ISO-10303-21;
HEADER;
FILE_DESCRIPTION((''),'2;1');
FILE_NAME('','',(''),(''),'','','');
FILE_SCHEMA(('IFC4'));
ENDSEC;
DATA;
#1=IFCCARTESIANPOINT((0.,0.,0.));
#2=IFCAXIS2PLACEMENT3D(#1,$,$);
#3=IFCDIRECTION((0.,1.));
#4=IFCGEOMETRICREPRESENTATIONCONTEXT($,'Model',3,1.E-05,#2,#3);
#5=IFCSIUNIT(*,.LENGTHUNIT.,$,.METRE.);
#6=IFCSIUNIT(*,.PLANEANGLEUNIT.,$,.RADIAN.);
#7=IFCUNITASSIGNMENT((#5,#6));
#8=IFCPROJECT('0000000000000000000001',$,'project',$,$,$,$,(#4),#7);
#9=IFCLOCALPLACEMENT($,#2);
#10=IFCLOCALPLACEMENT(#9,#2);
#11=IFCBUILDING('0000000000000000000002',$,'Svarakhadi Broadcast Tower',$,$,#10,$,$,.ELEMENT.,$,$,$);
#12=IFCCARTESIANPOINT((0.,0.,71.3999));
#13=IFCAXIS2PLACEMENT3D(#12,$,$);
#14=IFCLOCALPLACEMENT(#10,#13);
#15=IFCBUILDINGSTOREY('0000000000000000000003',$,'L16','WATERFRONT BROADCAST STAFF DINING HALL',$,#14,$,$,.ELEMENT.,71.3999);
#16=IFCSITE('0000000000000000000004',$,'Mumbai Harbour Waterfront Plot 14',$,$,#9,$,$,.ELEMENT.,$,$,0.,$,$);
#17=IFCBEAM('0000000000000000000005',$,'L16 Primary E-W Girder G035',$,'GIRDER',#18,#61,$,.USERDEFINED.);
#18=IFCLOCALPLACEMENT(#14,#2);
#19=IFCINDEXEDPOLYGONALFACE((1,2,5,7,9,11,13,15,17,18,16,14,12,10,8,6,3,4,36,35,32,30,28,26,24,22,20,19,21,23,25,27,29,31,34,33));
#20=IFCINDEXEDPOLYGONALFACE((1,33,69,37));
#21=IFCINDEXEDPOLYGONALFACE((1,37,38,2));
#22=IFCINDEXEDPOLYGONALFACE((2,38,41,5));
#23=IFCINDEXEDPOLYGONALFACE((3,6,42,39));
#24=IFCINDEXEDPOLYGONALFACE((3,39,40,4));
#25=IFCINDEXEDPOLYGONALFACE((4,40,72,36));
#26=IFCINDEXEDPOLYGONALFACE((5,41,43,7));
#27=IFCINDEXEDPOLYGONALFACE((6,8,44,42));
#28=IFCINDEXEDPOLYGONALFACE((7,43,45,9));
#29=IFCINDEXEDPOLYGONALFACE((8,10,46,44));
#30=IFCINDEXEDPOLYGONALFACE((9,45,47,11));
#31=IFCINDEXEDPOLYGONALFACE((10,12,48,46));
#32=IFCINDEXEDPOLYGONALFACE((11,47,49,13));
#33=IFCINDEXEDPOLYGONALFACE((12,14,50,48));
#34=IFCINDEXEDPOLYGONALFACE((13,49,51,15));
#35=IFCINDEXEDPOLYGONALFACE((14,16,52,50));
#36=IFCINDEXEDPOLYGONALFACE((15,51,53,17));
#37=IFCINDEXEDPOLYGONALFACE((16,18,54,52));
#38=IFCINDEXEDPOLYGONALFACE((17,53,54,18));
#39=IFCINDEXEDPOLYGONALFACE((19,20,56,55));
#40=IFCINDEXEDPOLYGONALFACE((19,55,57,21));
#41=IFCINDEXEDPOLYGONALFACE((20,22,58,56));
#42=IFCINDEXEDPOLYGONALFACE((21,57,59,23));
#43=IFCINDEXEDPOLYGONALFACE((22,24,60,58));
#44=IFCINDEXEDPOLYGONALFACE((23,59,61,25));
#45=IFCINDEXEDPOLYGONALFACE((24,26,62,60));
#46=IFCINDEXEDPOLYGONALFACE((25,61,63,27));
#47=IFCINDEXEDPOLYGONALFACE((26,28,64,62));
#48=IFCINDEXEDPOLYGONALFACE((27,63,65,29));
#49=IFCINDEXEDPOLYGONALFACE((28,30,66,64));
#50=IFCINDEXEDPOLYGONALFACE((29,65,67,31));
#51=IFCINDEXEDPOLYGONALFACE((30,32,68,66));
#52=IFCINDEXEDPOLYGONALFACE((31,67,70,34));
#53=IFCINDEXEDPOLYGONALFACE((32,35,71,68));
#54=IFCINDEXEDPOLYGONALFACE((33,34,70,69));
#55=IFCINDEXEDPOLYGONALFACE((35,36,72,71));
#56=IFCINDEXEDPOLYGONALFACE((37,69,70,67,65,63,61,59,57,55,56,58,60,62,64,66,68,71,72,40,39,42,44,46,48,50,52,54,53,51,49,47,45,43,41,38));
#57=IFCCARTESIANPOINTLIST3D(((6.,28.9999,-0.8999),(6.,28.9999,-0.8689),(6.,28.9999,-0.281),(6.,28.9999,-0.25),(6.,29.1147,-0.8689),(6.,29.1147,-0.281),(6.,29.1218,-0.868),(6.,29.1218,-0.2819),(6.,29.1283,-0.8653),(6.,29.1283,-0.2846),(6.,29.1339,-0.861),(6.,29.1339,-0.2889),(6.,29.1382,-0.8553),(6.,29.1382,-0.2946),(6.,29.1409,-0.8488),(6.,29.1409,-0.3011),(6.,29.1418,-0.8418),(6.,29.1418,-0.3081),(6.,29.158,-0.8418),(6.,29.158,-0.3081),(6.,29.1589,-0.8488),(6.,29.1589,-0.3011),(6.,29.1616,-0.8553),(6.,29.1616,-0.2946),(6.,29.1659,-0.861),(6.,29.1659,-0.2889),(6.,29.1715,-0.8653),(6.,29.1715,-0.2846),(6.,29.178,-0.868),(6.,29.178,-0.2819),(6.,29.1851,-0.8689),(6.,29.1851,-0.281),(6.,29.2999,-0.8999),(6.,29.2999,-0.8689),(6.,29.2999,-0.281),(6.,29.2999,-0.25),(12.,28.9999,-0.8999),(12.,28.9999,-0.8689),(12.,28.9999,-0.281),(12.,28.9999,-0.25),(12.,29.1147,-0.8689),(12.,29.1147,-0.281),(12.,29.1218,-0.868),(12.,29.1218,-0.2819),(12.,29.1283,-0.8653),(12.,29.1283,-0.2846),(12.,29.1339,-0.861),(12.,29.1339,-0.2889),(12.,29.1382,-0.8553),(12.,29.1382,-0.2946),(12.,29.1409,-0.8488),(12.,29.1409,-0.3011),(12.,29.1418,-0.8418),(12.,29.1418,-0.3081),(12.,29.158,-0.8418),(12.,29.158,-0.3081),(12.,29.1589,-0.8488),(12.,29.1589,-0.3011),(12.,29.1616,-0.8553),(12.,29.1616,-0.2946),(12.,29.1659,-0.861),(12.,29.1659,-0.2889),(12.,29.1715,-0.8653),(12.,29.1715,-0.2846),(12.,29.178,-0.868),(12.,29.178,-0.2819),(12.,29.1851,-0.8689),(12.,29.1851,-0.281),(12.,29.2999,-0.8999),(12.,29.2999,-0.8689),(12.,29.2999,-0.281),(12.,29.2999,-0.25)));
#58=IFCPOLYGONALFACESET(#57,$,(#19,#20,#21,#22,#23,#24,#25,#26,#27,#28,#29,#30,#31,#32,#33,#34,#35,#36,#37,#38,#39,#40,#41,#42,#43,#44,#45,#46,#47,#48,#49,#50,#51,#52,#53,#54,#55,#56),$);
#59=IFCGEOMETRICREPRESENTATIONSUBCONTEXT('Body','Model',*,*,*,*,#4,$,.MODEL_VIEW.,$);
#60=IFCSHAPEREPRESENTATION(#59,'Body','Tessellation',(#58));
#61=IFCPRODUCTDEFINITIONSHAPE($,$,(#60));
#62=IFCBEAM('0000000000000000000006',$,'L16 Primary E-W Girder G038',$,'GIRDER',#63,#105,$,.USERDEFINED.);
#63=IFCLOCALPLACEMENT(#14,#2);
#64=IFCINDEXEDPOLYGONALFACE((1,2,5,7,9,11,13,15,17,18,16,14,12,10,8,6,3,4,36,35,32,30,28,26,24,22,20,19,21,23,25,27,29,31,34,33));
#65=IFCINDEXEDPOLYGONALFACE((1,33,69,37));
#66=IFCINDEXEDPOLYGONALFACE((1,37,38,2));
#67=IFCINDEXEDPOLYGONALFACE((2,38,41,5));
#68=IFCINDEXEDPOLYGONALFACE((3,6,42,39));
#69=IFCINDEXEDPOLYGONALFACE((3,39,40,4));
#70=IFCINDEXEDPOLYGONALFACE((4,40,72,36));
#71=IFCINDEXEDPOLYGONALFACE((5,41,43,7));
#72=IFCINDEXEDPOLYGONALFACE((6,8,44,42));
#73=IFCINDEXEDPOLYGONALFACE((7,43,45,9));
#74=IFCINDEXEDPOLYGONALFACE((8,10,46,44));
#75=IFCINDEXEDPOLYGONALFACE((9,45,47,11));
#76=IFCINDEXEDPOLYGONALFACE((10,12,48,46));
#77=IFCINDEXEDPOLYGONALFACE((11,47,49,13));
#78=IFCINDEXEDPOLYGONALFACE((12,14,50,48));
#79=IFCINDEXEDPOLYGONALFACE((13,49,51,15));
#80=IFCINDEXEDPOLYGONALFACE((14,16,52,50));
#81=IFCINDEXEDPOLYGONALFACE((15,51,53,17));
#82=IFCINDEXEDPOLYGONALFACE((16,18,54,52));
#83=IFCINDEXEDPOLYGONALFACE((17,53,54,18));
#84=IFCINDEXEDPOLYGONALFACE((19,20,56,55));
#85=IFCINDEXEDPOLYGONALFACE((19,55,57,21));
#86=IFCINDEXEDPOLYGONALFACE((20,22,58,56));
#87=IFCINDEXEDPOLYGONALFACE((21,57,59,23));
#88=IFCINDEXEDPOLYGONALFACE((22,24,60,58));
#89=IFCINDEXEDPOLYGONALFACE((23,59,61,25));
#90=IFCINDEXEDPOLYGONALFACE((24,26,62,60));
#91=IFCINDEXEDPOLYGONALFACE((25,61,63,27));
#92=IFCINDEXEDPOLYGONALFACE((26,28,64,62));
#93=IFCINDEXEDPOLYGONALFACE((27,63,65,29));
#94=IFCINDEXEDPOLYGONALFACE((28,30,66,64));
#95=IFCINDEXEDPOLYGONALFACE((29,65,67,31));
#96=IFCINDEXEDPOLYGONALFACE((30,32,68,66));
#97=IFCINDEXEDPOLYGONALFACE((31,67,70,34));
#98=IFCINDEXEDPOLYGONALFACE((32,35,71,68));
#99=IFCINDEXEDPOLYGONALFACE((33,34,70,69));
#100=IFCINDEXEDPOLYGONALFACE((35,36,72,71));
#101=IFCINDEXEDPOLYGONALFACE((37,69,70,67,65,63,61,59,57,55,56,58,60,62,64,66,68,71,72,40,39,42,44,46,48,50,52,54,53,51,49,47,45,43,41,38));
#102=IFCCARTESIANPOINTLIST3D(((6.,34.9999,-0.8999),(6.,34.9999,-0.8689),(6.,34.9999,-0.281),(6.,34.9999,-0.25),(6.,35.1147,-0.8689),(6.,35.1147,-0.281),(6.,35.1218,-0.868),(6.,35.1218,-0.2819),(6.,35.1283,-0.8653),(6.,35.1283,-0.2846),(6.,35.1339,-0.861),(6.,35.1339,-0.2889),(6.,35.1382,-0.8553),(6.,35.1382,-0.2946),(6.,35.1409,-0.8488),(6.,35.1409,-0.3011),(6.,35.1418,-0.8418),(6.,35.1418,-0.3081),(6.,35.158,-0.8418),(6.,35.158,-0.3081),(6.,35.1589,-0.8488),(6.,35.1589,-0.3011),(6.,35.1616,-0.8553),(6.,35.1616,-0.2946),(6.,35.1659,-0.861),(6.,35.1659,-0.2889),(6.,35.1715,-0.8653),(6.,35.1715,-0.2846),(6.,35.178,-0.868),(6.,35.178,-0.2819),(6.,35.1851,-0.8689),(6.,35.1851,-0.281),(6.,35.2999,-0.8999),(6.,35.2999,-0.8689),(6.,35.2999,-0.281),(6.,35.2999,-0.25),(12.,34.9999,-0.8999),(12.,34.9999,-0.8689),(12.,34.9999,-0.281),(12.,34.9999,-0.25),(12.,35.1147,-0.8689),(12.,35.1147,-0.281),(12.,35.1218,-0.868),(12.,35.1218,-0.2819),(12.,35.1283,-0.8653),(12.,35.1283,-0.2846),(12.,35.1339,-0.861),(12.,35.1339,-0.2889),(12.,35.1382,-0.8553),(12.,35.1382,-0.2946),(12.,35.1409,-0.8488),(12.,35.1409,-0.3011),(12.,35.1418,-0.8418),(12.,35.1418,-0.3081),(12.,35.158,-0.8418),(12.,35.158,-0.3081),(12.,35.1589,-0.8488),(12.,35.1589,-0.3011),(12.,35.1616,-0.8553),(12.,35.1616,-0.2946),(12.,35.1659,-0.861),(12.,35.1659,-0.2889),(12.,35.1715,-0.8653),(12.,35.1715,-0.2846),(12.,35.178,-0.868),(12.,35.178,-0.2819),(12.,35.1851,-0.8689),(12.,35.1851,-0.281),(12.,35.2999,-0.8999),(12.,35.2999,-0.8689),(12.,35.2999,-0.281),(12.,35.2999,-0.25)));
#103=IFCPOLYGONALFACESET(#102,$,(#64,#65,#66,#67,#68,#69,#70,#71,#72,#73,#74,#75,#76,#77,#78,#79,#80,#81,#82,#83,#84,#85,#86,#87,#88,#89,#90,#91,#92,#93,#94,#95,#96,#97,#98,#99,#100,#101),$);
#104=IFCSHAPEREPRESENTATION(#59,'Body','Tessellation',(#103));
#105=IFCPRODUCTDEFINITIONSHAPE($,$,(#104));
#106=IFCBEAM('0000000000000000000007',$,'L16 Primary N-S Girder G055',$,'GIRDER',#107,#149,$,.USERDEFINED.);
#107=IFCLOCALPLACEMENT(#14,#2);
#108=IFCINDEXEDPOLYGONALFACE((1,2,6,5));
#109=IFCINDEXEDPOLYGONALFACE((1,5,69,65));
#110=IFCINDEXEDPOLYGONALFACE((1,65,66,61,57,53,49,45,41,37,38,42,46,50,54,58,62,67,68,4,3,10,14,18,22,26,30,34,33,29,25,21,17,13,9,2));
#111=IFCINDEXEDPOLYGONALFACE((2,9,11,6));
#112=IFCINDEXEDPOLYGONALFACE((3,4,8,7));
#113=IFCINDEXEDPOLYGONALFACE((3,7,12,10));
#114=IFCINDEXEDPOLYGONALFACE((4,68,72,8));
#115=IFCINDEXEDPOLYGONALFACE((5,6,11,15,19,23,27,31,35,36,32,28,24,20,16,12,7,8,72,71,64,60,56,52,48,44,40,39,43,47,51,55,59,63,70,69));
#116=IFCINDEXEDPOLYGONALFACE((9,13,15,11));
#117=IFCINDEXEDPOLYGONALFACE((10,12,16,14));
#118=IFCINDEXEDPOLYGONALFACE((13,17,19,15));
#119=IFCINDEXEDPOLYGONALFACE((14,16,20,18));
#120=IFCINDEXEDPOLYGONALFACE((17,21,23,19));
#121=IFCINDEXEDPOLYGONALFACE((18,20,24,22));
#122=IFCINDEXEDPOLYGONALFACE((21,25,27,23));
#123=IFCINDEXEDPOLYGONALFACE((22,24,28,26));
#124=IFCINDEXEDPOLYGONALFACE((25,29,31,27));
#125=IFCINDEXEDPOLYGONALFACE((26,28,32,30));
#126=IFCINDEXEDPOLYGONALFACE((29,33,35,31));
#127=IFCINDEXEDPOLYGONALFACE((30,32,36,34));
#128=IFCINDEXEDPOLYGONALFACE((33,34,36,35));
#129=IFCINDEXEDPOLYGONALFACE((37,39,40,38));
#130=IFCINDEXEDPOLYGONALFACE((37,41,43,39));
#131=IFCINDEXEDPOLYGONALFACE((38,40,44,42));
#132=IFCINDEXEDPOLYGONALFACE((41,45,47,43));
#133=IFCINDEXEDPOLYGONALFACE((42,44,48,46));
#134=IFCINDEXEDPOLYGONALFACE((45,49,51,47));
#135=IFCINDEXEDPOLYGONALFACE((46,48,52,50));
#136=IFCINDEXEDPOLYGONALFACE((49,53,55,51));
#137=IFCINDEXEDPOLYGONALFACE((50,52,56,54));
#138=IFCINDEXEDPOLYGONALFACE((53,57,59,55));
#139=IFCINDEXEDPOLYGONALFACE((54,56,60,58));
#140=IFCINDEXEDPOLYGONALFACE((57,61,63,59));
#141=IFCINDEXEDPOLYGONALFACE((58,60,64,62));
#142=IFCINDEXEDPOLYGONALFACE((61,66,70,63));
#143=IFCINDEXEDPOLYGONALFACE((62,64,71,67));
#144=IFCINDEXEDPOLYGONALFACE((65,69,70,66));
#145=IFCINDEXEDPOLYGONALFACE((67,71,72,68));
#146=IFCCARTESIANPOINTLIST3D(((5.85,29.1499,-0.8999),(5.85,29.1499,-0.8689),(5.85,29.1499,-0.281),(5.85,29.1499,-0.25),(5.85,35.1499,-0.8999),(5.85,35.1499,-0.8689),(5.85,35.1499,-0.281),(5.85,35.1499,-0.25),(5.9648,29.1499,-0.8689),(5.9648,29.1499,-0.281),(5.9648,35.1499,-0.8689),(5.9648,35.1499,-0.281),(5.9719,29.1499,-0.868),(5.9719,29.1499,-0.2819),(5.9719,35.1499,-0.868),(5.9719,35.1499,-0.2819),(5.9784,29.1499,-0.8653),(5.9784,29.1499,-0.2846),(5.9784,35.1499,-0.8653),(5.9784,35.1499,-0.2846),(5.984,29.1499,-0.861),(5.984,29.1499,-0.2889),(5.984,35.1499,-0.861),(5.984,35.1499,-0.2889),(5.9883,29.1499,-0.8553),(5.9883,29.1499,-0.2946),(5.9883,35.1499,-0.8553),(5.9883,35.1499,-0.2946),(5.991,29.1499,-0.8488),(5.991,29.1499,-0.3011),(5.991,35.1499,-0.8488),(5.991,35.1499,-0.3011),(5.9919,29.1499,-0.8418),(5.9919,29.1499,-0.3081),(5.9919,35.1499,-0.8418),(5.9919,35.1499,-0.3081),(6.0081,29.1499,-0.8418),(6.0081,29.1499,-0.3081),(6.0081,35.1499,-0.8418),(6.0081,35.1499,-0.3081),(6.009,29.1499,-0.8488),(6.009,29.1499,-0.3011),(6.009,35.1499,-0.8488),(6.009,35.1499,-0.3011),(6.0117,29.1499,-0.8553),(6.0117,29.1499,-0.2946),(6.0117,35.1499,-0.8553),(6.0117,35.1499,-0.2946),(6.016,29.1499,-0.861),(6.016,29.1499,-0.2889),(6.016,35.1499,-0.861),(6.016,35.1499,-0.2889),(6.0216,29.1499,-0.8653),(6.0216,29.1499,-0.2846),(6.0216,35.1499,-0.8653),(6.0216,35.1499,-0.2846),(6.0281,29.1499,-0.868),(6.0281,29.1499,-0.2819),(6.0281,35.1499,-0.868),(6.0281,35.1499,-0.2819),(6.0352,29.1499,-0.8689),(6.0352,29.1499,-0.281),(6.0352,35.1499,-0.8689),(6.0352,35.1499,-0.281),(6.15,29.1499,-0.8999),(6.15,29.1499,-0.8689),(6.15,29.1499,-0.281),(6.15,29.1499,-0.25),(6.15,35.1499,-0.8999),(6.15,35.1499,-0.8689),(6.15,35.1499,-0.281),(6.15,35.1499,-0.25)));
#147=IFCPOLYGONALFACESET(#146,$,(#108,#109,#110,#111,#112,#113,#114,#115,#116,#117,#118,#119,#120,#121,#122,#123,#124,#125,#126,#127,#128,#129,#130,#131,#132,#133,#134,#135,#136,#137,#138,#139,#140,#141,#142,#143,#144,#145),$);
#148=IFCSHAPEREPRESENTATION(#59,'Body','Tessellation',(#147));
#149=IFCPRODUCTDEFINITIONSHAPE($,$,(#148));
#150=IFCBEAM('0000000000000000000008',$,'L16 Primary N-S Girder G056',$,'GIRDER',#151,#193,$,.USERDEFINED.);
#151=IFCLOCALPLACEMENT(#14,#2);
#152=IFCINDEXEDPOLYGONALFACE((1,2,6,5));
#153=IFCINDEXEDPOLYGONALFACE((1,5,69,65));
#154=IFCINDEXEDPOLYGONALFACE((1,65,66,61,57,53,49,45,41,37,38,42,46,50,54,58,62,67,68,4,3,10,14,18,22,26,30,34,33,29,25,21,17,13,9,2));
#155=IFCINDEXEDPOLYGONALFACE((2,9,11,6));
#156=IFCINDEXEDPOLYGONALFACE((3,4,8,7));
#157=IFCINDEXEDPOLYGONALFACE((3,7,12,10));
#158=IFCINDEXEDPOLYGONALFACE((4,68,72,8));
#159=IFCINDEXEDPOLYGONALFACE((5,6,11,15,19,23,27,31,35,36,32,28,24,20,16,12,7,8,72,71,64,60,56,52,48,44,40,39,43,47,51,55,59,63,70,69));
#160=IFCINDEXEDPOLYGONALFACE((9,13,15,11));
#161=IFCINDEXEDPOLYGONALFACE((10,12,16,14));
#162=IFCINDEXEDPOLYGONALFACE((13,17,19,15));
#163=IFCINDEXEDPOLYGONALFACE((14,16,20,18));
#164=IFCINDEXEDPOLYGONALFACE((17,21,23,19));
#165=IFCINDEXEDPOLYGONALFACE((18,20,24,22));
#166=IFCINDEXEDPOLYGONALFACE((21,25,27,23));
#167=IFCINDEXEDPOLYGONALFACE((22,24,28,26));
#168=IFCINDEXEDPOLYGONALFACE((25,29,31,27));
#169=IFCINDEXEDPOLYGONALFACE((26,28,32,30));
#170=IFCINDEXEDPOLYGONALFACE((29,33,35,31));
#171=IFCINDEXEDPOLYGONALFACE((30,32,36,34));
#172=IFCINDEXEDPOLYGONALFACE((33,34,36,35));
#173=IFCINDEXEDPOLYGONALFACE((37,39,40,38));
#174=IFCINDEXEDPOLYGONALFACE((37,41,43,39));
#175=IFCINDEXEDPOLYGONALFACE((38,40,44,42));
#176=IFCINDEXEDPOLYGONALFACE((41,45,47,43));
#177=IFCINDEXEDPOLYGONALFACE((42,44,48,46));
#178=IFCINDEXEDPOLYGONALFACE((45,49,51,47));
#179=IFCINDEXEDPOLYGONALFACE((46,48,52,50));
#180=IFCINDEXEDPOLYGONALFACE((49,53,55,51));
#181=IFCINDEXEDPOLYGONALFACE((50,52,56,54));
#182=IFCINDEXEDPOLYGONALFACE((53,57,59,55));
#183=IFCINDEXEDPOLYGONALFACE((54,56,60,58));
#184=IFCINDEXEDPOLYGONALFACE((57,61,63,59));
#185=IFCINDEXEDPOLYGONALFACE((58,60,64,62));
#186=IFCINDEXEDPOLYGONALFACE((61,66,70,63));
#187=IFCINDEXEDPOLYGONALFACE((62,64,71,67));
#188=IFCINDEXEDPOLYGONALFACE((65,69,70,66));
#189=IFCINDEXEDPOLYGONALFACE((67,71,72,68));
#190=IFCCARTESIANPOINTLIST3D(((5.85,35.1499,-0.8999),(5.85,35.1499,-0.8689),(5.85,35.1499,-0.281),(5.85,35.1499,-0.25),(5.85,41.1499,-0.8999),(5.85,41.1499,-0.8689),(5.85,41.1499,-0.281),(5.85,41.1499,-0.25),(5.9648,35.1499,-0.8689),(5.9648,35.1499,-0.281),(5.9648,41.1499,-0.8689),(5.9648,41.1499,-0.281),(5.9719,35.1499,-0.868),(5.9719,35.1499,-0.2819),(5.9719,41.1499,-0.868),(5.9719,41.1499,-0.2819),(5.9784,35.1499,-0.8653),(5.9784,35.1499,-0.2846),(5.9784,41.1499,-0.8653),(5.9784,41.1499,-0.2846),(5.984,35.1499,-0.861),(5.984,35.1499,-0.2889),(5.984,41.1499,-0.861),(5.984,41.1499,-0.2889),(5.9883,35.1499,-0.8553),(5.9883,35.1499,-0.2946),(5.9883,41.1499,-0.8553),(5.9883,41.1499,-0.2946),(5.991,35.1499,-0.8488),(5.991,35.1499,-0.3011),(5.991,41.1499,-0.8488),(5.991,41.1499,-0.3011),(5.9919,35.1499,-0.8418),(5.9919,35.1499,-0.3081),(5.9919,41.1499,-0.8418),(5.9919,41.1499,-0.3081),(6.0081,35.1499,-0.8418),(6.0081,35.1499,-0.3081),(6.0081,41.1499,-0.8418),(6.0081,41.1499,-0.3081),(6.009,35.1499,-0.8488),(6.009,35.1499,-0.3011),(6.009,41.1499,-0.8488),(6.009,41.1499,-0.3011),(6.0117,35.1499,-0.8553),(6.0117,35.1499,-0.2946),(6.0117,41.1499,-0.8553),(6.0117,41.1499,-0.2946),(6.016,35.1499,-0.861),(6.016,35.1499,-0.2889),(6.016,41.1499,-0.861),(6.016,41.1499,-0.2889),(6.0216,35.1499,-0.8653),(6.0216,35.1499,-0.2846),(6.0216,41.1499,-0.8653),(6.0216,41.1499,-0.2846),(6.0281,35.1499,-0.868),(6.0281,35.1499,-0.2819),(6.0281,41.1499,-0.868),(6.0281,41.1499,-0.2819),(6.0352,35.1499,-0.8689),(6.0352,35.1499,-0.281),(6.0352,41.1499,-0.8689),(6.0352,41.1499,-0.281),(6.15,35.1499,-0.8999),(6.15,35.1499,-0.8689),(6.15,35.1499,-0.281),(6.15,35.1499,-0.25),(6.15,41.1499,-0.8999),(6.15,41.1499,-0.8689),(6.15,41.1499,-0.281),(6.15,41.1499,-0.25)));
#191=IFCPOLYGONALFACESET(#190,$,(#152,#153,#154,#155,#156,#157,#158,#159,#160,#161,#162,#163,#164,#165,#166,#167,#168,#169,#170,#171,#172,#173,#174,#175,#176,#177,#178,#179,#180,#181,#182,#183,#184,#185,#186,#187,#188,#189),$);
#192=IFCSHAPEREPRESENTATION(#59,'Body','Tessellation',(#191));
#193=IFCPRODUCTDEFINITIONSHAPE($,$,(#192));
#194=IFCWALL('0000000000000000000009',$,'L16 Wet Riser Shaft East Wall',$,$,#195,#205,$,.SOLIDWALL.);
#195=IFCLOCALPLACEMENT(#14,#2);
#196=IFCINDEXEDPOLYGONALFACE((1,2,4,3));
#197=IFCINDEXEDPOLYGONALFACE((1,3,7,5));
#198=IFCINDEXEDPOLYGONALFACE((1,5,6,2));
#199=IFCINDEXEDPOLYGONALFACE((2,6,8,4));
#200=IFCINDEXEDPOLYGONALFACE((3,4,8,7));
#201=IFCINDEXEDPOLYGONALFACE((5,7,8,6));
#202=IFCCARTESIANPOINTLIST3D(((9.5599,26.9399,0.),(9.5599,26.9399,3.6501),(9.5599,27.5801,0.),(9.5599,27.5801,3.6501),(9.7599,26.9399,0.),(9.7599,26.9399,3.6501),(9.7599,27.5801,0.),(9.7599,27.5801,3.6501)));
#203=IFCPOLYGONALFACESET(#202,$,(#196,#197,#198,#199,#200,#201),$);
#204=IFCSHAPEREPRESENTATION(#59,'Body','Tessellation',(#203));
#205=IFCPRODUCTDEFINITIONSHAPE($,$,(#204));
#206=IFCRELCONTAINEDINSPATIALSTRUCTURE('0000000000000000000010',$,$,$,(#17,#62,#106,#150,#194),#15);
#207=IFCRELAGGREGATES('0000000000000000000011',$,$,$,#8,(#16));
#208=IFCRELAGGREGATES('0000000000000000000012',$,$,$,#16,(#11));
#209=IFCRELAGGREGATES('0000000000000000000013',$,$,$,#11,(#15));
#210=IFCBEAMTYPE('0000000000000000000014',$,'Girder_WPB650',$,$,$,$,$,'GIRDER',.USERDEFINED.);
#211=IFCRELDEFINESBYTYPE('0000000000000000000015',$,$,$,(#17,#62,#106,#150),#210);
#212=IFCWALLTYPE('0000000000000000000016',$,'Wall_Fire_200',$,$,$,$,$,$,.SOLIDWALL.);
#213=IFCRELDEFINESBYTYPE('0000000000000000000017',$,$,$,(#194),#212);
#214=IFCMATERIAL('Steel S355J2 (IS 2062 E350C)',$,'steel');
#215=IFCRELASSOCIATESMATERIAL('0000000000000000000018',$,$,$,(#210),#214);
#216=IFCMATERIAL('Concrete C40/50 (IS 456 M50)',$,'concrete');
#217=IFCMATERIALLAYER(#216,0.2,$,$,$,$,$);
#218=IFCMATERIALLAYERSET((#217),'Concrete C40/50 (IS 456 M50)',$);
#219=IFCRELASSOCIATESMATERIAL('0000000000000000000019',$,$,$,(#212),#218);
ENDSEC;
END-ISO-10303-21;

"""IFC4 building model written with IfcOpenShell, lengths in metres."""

from ifc_helpers import new_model, si_unit, direction, frame, frame_2d, origin, origin_2d, place, context, subcontext, project, spatial, rectangle, i_section, extrude, material, layer, layer_set, material_profile, profile_set, type_object, element, save


model = new_model("IFC4")

# Units and contexts
model_context = context("Model", 3, precision=1e-05, world=origin(), true_north=direction((0.0, 1.0)))
body_context = subcontext(model_context, "Body", "Model", "MODEL_VIEW")
ifc_project = project(units=[si_unit("LENGTHUNIT", "METRE"), si_unit("PLANEANGLEUNIT", "RADIAN")], contexts=[model_context])

# Site, building, storey
site_placement = place(None, origin())
site = spatial("IfcSite", under=ifc_project, at=site_placement, Name="Mumbai Harbour Waterfront Plot 14", CompositionType="ELEMENT", RefElevation=0.0)
building_placement = place(site_placement, origin())
building = spatial("IfcBuilding", under=site, at=building_placement, Name="Svarakhadi Broadcast Tower", CompositionType="ELEMENT")
storey_placement = place(building_placement, frame((0.0, 0.0, 71.3999)))
storey = spatial("IfcBuildingStorey", under=building, at=storey_placement, Name="L16", Description="WATERFRONT BROADCAST STAFF DINING HALL", CompositionType="ELEMENT", Elevation=71.3999)

# Beams
ifc_material_1 = material(Name="Steel S355J2 (IS 2062 E350C)", Category="steel")
ifc_material_profile_1 = material_profile(ifc_material_1, i_section(OverallWidth=0.3, OverallDepth=0.6499, WebThickness=0.0161, FlangeThickness=0.031, FilletRadius=0.0271, at=origin_2d()), Name="WPB 650x300x225")
ifc_profile_set_1 = profile_set([ifc_material_profile_1], Name="Steel S355J2 (IS 2062 E350C)")
beam_type_1 = type_object("IfcBeamType", Name="Girder_WPB650", ElementType="GIRDER", PredefinedType="USERDEFINED", material=ifc_profile_set_1)
for number, where, z_axis, x_axis, name in (
    (1, (6.0, 29.1499, -0.575), (1.0, 0.0, 0.0), (0.0, 1.0, 0.0), "L16 Primary E-W Girder G035"),
    (2, (6.0, 35.1499, -0.575), (1.0, 0.0, 0.0), (0.0, 1.0, 0.0), "L16 Primary E-W Girder G038"),
    (3, (6.0, 29.1499, -0.575), (0.0, 1.0, 0.0), (-1.0, 0.0, 0.0), "L16 Primary N-S Girder G055"),
    (4, (6.0, 35.1499, -0.575), (0.0, 1.0, 0.0), (-1.0, 0.0, 0.0), "L16 Primary N-S Girder G056"),
):
    element("IfcBeam", number, at=place(storey_placement, frame(where, z_axis=z_axis, x_axis=x_axis)), inside=storey, type_object=beam_type_1, Name=name, ObjectType="GIRDER", PredefinedType="USERDEFINED", context=body_context, shape_type="SweptSolid", body=[
        extrude(i_section(OverallWidth=0.3, OverallDepth=0.6499, WebThickness=0.0161, FlangeThickness=0.031, FilletRadius=0.0271, at=origin_2d()), origin(), (0.0, 0.0, 1.0), 6.0),
    ])

# Wall
ifc_material_2 = material(Name="Concrete C40/50 (IS 456 M50)", Category="concrete")
ifc_layer_1 = layer(ifc_material_2, 0.2)
ifc_layer_set_1 = layer_set([ifc_layer_1], Name="Concrete C40/50 (IS 456 M50)")
wall_type_1 = type_object("IfcWallType", Name="Wall_Fire_200", PredefinedType="SOLIDWALL", material=ifc_layer_set_1)
wall_1_placement = place(storey_placement, frame((9.6599, 26.9399, 0.0), z_axis=(0.0, 0.0, 1.0), x_axis=(0.0, 1.0, 0.0)))
element("IfcWall", 5, at=wall_1_placement, inside=storey, type_object=wall_type_1, Name="L16 Wet Riser Shaft East Wall", PredefinedType="SOLIDWALL", context=body_context, shape_type="SweptSolid", body=[
    extrude(rectangle(XDim=0.6401, YDim=0.2, at=frame_2d((0.3201, 0.0))), origin(), (0.0, 0.0, 1.0), 3.6501),
])

save(model, "model.ifc")
